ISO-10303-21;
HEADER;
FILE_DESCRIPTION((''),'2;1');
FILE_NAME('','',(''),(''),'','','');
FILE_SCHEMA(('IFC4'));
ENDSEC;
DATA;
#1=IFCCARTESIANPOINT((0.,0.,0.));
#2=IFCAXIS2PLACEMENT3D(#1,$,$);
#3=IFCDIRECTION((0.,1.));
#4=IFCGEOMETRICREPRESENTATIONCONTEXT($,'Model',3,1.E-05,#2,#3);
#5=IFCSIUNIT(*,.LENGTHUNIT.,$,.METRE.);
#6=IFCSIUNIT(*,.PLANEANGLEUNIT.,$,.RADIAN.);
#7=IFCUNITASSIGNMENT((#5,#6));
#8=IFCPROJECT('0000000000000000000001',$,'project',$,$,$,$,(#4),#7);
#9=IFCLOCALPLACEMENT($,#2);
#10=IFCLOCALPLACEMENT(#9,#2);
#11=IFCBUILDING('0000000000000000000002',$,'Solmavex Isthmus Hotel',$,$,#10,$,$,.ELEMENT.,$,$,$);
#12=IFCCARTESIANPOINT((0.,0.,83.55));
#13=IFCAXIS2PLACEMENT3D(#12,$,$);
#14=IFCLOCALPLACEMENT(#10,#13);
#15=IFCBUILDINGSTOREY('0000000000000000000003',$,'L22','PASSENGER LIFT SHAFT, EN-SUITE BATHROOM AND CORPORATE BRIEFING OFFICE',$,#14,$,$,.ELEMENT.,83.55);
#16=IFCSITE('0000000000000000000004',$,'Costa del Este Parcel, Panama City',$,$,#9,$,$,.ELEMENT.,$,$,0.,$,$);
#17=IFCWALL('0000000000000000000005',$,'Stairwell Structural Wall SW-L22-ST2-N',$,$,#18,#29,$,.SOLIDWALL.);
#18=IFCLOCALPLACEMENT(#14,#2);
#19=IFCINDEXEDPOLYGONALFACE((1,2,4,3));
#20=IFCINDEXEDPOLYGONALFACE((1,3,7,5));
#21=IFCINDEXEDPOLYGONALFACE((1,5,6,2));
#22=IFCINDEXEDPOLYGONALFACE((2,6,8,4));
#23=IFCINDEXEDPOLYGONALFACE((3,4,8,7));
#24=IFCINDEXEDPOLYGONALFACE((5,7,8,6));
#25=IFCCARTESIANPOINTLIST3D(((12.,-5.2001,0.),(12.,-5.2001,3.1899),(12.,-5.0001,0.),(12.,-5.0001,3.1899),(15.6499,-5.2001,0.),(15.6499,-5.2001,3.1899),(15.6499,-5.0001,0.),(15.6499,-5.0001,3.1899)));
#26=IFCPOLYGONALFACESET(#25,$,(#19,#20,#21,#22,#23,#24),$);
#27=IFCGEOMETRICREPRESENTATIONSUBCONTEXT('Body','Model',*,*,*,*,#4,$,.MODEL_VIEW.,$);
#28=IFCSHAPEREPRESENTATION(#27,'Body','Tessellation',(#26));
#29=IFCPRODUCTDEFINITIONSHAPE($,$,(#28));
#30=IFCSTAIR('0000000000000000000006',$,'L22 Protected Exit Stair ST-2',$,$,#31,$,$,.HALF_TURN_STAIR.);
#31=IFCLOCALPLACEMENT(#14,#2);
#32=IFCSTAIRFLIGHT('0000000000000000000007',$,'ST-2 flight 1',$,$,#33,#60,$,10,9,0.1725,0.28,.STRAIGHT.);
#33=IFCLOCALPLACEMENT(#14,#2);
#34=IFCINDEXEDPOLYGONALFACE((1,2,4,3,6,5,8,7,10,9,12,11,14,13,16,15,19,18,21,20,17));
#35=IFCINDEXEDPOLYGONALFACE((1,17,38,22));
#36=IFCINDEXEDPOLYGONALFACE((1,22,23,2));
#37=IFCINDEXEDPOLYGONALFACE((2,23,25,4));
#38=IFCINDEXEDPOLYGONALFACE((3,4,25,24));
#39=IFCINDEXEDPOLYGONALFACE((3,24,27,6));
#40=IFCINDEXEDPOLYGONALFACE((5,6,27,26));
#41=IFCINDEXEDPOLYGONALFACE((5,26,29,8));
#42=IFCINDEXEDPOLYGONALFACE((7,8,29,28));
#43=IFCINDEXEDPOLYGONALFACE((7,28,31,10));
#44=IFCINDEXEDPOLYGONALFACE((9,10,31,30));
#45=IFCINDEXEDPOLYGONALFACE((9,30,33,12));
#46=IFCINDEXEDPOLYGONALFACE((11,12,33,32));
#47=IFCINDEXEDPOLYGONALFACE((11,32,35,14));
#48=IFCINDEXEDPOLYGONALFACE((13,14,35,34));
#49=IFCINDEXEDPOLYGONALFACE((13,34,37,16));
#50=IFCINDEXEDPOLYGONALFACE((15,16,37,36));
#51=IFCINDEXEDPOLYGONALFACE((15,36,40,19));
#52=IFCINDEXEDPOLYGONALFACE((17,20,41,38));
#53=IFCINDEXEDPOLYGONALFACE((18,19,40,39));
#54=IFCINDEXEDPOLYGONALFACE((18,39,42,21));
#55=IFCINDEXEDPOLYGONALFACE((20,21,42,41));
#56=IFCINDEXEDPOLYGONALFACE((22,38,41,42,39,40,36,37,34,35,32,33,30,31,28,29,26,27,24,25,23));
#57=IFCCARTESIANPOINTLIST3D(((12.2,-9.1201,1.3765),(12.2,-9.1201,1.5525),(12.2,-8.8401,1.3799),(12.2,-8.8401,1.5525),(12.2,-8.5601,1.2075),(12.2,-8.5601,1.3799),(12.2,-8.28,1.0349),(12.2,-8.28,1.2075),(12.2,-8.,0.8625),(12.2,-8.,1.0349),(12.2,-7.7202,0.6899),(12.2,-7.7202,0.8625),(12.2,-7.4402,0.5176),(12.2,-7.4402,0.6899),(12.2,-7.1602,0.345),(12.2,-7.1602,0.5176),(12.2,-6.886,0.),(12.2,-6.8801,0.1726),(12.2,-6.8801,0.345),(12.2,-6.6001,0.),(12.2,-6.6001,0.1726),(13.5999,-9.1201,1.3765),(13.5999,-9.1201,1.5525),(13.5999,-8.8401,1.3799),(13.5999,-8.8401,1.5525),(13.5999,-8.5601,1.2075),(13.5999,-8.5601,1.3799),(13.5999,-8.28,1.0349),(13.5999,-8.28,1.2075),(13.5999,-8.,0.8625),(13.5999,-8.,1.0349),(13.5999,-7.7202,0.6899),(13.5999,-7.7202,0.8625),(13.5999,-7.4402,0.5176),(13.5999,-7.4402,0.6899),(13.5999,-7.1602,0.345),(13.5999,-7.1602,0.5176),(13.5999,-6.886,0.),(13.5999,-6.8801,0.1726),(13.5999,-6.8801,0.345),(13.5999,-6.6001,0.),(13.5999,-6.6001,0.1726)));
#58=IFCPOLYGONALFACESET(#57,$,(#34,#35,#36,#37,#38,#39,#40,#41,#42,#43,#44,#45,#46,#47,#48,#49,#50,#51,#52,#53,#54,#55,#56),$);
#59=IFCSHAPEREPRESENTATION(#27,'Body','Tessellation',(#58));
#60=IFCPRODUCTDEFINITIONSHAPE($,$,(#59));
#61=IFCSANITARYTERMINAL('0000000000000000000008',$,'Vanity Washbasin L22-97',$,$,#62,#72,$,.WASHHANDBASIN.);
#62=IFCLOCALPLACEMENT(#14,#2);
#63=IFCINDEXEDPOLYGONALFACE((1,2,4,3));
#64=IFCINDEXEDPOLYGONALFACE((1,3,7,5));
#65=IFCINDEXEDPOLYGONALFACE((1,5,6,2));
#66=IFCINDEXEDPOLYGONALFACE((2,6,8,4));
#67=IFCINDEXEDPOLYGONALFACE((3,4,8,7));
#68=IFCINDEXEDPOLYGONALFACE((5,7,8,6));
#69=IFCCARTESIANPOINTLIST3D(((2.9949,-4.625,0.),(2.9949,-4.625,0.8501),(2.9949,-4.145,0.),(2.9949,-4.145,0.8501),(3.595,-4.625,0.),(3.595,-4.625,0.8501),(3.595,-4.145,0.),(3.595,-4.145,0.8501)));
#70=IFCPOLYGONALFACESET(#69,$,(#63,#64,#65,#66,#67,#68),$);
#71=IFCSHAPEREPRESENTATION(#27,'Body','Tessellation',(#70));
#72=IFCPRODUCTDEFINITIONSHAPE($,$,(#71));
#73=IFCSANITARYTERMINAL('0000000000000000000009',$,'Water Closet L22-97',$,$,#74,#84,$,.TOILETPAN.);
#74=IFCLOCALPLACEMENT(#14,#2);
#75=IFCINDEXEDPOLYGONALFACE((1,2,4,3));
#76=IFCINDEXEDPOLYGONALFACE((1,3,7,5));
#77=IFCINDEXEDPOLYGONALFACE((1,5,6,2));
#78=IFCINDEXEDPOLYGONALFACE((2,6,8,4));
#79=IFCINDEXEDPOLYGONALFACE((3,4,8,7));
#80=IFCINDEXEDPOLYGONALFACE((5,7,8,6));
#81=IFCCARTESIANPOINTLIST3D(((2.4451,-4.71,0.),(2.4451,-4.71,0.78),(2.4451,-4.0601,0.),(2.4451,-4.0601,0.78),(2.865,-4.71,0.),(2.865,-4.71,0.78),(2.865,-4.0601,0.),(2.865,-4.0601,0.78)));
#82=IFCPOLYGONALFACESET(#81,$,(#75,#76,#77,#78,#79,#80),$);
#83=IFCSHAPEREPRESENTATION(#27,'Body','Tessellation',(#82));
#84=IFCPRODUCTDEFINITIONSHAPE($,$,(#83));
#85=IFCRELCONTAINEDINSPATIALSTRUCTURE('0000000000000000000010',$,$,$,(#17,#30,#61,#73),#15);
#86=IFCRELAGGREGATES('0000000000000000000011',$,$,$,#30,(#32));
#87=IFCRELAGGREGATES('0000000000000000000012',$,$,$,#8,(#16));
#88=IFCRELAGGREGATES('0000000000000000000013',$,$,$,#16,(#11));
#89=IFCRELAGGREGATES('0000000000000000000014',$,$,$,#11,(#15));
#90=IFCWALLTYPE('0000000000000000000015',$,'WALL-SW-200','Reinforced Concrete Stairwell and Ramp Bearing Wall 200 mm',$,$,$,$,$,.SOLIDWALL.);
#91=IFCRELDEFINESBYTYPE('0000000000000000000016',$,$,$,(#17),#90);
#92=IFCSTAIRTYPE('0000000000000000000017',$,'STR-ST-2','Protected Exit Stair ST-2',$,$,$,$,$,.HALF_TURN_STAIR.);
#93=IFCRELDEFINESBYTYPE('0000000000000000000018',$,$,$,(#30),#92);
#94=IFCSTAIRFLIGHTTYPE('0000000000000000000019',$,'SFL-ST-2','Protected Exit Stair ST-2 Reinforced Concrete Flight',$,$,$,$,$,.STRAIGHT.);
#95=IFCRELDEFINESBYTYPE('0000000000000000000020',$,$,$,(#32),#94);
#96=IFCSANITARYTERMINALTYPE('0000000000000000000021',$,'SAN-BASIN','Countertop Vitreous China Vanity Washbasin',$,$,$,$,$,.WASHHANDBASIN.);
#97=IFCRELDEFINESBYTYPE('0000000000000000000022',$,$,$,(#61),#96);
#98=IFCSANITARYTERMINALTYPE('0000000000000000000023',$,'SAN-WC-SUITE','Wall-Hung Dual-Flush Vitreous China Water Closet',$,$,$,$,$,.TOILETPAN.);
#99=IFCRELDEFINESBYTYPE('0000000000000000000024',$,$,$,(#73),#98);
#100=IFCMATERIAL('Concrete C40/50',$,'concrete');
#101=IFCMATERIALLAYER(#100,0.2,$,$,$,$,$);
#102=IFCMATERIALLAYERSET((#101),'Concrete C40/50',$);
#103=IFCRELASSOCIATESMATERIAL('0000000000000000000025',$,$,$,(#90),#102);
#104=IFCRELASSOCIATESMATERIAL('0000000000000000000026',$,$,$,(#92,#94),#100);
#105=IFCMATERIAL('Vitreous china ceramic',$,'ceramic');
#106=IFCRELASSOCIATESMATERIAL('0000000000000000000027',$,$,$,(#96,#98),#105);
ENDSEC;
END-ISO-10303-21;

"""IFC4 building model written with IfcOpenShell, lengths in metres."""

from ifc_helpers import new_model, si_unit, direction, frame, frame_2d, origin, origin_2d, place, context, subcontext, project, spatial, polyline, rectangle, outline, extrude, material, layer, layer_set, type_object, element, aggregate, save


model = new_model("IFC4")

# Units and contexts
model_context = context("Model", 3, precision=1e-05, world=origin(), true_north=direction((0.0, 1.0)))
body_context = subcontext(model_context, "Body", "Model", "MODEL_VIEW")
ifc_project = project(units=[si_unit("LENGTHUNIT", "METRE"), si_unit("PLANEANGLEUNIT", "RADIAN")], contexts=[model_context])

# Site, building, storey
site_placement = place(None, origin())
site = spatial("IfcSite", under=ifc_project, at=site_placement, Name="Costa del Este Parcel, Panama City", CompositionType="ELEMENT", RefElevation=0.0)
building_placement = place(site_placement, origin())
building = spatial("IfcBuilding", under=site, at=building_placement, Name="Solmavex Isthmus Hotel", CompositionType="ELEMENT")
storey_placement = place(building_placement, frame((0.0, 0.0, 83.55)))
storey = spatial("IfcBuildingStorey", under=building, at=storey_placement, Name="L22", Description="PASSENGER LIFT SHAFT, EN-SUITE BATHROOM AND CORPORATE BRIEFING OFFICE", CompositionType="ELEMENT", Elevation=83.55)

# Shared definitions
ifc_material_1 = material(Name="Concrete C40/50", Category="concrete")

# Wall
ifc_layer_1 = layer(ifc_material_1, 0.2)
ifc_layer_set_1 = layer_set([ifc_layer_1], Name="Concrete C40/50")
wall_type_1 = type_object("IfcWallType", Name="WALL-SW-200", Description="Reinforced Concrete Stairwell and Ramp Bearing Wall 200 mm", PredefinedType="SOLIDWALL", material=ifc_layer_set_1)
wall_1_placement = place(storey_placement, frame((12.0, -5.1001, 0.0), z_axis=(0.0, 0.0, 1.0), x_axis=(1.0, 0.0, 0.0)))
element("IfcWall", 1, at=wall_1_placement, inside=storey, type_object=wall_type_1, Name="Stairwell Structural Wall SW-L22-ST2-N", PredefinedType="SOLIDWALL", context=body_context, shape_type="SweptSolid", body=[
    extrude(rectangle(XDim=3.6499, YDim=0.2, at=frame_2d((1.825, 0.0))), origin(), (0.0, 0.0, 1.0), 3.1899),
])

# Stair, stair flight
stair_type = type_object("IfcStairType", Name="STR-ST-2", Description="Protected Exit Stair ST-2", PredefinedType="HALF_TURN_STAIR", material=ifc_material_1)
stair_placement = place(storey_placement, origin())
stair = element("IfcStair", 2, at=stair_placement, inside=storey, type_object=stair_type, Name="L22 Protected Exit Stair ST-2", PredefinedType="HALF_TURN_STAIR")
stair_flight_type = type_object("IfcStairFlightType", Name="SFL-ST-2", Description="Protected Exit Stair ST-2 Reinforced Concrete Flight", PredefinedType="STRAIGHT", material=ifc_material_1)
stair_flight_placement = place(storey_placement, frame((12.8999, -6.6001, 0.0), z_axis=(0.0, 0.0, 1.0), x_axis=(0.0, -1.0, 0.0)))
stair_flight = element("IfcStairFlight", 3, at=stair_flight_placement, type_object=stair_flight_type, Name="ST-2 flight 1", NumberOfRisers=10, NumberOfTreads=9, PredefinedType="STRAIGHT", RiserHeight=0.1725, TreadLength=0.28, context=body_context, shape_type="SweptSolid", body=[
    extrude(outline(polyline([(0.0, 0.0), (0.0, 0.1726), (0.28, 0.1726), (0.28, 0.345), (0.5601, 0.345), (0.5601, 0.5176), (0.8401, 0.5176), (0.8401, 0.6899), (1.1201, 0.6899), (1.1201, 0.8625), (1.3999, 0.8625), (1.3999, 1.0349), (1.6799, 1.0349), (1.6799, 1.2075), (1.96, 1.2075), (1.96, 1.3799), (2.24, 1.3799), (2.24, 1.5525), (2.52, 1.5525), (2.52, 1.7251), (2.52, 1.3765), (0.2859, 0.0), (0.0, 0.0)])), frame((0.0, 0.7, 0.0), z_axis=(0.0, -1.0, 0.0), x_axis=(1.0, 0.0, 0.0)), (0.0, 0.0, 1.0), 1.3999),
])
aggregate(stair, [stair_flight])

# Sanitary terminals
ifc_material_2 = material(Name="Vitreous china ceramic", Category="ceramic")
sanitary_terminal_type_1 = type_object("IfcSanitaryTerminalType", Name="SAN-BASIN", Description="Countertop Vitreous China Vanity Washbasin", PredefinedType="WASHHANDBASIN", material=ifc_material_2)
sanitary_terminal_1_placement = place(storey_placement, frame((3.2949, -4.385, 0.0), z_axis=(0.0, 0.0, 1.0), x_axis=(1.0, 0.0, 0.0)))
element("IfcSanitaryTerminal", 4, at=sanitary_terminal_1_placement, inside=storey, type_object=sanitary_terminal_type_1, Name="Vanity Washbasin L22-97", PredefinedType="WASHHANDBASIN", context=body_context, shape_type="SweptSolid", body=[
    extrude(rectangle(XDim=0.6001, YDim=0.48, at=origin_2d()), origin(), (0.0, 0.0, 1.0), 0.8501),
])
sanitary_terminal_type_2 = type_object("IfcSanitaryTerminalType", Name="SAN-WC-SUITE", Description="Wall-Hung Dual-Flush Vitreous China Water Closet", PredefinedType="TOILETPAN", material=ifc_material_2)
sanitary_terminal_2_placement = place(storey_placement, frame((2.655, -4.385, 0.0), z_axis=(0.0, 0.0, 1.0), x_axis=(1.0, 0.0, 0.0)))
element("IfcSanitaryTerminal", 5, at=sanitary_terminal_2_placement, inside=storey, type_object=sanitary_terminal_type_2, Name="Water Closet L22-97", PredefinedType="TOILETPAN", context=body_context, shape_type="SweptSolid", body=[
    extrude(rectangle(XDim=0.4199, YDim=0.6499, at=origin_2d()), origin(), (0.0, 0.0, 1.0), 0.78),
])

save(model, "model.ifc")
